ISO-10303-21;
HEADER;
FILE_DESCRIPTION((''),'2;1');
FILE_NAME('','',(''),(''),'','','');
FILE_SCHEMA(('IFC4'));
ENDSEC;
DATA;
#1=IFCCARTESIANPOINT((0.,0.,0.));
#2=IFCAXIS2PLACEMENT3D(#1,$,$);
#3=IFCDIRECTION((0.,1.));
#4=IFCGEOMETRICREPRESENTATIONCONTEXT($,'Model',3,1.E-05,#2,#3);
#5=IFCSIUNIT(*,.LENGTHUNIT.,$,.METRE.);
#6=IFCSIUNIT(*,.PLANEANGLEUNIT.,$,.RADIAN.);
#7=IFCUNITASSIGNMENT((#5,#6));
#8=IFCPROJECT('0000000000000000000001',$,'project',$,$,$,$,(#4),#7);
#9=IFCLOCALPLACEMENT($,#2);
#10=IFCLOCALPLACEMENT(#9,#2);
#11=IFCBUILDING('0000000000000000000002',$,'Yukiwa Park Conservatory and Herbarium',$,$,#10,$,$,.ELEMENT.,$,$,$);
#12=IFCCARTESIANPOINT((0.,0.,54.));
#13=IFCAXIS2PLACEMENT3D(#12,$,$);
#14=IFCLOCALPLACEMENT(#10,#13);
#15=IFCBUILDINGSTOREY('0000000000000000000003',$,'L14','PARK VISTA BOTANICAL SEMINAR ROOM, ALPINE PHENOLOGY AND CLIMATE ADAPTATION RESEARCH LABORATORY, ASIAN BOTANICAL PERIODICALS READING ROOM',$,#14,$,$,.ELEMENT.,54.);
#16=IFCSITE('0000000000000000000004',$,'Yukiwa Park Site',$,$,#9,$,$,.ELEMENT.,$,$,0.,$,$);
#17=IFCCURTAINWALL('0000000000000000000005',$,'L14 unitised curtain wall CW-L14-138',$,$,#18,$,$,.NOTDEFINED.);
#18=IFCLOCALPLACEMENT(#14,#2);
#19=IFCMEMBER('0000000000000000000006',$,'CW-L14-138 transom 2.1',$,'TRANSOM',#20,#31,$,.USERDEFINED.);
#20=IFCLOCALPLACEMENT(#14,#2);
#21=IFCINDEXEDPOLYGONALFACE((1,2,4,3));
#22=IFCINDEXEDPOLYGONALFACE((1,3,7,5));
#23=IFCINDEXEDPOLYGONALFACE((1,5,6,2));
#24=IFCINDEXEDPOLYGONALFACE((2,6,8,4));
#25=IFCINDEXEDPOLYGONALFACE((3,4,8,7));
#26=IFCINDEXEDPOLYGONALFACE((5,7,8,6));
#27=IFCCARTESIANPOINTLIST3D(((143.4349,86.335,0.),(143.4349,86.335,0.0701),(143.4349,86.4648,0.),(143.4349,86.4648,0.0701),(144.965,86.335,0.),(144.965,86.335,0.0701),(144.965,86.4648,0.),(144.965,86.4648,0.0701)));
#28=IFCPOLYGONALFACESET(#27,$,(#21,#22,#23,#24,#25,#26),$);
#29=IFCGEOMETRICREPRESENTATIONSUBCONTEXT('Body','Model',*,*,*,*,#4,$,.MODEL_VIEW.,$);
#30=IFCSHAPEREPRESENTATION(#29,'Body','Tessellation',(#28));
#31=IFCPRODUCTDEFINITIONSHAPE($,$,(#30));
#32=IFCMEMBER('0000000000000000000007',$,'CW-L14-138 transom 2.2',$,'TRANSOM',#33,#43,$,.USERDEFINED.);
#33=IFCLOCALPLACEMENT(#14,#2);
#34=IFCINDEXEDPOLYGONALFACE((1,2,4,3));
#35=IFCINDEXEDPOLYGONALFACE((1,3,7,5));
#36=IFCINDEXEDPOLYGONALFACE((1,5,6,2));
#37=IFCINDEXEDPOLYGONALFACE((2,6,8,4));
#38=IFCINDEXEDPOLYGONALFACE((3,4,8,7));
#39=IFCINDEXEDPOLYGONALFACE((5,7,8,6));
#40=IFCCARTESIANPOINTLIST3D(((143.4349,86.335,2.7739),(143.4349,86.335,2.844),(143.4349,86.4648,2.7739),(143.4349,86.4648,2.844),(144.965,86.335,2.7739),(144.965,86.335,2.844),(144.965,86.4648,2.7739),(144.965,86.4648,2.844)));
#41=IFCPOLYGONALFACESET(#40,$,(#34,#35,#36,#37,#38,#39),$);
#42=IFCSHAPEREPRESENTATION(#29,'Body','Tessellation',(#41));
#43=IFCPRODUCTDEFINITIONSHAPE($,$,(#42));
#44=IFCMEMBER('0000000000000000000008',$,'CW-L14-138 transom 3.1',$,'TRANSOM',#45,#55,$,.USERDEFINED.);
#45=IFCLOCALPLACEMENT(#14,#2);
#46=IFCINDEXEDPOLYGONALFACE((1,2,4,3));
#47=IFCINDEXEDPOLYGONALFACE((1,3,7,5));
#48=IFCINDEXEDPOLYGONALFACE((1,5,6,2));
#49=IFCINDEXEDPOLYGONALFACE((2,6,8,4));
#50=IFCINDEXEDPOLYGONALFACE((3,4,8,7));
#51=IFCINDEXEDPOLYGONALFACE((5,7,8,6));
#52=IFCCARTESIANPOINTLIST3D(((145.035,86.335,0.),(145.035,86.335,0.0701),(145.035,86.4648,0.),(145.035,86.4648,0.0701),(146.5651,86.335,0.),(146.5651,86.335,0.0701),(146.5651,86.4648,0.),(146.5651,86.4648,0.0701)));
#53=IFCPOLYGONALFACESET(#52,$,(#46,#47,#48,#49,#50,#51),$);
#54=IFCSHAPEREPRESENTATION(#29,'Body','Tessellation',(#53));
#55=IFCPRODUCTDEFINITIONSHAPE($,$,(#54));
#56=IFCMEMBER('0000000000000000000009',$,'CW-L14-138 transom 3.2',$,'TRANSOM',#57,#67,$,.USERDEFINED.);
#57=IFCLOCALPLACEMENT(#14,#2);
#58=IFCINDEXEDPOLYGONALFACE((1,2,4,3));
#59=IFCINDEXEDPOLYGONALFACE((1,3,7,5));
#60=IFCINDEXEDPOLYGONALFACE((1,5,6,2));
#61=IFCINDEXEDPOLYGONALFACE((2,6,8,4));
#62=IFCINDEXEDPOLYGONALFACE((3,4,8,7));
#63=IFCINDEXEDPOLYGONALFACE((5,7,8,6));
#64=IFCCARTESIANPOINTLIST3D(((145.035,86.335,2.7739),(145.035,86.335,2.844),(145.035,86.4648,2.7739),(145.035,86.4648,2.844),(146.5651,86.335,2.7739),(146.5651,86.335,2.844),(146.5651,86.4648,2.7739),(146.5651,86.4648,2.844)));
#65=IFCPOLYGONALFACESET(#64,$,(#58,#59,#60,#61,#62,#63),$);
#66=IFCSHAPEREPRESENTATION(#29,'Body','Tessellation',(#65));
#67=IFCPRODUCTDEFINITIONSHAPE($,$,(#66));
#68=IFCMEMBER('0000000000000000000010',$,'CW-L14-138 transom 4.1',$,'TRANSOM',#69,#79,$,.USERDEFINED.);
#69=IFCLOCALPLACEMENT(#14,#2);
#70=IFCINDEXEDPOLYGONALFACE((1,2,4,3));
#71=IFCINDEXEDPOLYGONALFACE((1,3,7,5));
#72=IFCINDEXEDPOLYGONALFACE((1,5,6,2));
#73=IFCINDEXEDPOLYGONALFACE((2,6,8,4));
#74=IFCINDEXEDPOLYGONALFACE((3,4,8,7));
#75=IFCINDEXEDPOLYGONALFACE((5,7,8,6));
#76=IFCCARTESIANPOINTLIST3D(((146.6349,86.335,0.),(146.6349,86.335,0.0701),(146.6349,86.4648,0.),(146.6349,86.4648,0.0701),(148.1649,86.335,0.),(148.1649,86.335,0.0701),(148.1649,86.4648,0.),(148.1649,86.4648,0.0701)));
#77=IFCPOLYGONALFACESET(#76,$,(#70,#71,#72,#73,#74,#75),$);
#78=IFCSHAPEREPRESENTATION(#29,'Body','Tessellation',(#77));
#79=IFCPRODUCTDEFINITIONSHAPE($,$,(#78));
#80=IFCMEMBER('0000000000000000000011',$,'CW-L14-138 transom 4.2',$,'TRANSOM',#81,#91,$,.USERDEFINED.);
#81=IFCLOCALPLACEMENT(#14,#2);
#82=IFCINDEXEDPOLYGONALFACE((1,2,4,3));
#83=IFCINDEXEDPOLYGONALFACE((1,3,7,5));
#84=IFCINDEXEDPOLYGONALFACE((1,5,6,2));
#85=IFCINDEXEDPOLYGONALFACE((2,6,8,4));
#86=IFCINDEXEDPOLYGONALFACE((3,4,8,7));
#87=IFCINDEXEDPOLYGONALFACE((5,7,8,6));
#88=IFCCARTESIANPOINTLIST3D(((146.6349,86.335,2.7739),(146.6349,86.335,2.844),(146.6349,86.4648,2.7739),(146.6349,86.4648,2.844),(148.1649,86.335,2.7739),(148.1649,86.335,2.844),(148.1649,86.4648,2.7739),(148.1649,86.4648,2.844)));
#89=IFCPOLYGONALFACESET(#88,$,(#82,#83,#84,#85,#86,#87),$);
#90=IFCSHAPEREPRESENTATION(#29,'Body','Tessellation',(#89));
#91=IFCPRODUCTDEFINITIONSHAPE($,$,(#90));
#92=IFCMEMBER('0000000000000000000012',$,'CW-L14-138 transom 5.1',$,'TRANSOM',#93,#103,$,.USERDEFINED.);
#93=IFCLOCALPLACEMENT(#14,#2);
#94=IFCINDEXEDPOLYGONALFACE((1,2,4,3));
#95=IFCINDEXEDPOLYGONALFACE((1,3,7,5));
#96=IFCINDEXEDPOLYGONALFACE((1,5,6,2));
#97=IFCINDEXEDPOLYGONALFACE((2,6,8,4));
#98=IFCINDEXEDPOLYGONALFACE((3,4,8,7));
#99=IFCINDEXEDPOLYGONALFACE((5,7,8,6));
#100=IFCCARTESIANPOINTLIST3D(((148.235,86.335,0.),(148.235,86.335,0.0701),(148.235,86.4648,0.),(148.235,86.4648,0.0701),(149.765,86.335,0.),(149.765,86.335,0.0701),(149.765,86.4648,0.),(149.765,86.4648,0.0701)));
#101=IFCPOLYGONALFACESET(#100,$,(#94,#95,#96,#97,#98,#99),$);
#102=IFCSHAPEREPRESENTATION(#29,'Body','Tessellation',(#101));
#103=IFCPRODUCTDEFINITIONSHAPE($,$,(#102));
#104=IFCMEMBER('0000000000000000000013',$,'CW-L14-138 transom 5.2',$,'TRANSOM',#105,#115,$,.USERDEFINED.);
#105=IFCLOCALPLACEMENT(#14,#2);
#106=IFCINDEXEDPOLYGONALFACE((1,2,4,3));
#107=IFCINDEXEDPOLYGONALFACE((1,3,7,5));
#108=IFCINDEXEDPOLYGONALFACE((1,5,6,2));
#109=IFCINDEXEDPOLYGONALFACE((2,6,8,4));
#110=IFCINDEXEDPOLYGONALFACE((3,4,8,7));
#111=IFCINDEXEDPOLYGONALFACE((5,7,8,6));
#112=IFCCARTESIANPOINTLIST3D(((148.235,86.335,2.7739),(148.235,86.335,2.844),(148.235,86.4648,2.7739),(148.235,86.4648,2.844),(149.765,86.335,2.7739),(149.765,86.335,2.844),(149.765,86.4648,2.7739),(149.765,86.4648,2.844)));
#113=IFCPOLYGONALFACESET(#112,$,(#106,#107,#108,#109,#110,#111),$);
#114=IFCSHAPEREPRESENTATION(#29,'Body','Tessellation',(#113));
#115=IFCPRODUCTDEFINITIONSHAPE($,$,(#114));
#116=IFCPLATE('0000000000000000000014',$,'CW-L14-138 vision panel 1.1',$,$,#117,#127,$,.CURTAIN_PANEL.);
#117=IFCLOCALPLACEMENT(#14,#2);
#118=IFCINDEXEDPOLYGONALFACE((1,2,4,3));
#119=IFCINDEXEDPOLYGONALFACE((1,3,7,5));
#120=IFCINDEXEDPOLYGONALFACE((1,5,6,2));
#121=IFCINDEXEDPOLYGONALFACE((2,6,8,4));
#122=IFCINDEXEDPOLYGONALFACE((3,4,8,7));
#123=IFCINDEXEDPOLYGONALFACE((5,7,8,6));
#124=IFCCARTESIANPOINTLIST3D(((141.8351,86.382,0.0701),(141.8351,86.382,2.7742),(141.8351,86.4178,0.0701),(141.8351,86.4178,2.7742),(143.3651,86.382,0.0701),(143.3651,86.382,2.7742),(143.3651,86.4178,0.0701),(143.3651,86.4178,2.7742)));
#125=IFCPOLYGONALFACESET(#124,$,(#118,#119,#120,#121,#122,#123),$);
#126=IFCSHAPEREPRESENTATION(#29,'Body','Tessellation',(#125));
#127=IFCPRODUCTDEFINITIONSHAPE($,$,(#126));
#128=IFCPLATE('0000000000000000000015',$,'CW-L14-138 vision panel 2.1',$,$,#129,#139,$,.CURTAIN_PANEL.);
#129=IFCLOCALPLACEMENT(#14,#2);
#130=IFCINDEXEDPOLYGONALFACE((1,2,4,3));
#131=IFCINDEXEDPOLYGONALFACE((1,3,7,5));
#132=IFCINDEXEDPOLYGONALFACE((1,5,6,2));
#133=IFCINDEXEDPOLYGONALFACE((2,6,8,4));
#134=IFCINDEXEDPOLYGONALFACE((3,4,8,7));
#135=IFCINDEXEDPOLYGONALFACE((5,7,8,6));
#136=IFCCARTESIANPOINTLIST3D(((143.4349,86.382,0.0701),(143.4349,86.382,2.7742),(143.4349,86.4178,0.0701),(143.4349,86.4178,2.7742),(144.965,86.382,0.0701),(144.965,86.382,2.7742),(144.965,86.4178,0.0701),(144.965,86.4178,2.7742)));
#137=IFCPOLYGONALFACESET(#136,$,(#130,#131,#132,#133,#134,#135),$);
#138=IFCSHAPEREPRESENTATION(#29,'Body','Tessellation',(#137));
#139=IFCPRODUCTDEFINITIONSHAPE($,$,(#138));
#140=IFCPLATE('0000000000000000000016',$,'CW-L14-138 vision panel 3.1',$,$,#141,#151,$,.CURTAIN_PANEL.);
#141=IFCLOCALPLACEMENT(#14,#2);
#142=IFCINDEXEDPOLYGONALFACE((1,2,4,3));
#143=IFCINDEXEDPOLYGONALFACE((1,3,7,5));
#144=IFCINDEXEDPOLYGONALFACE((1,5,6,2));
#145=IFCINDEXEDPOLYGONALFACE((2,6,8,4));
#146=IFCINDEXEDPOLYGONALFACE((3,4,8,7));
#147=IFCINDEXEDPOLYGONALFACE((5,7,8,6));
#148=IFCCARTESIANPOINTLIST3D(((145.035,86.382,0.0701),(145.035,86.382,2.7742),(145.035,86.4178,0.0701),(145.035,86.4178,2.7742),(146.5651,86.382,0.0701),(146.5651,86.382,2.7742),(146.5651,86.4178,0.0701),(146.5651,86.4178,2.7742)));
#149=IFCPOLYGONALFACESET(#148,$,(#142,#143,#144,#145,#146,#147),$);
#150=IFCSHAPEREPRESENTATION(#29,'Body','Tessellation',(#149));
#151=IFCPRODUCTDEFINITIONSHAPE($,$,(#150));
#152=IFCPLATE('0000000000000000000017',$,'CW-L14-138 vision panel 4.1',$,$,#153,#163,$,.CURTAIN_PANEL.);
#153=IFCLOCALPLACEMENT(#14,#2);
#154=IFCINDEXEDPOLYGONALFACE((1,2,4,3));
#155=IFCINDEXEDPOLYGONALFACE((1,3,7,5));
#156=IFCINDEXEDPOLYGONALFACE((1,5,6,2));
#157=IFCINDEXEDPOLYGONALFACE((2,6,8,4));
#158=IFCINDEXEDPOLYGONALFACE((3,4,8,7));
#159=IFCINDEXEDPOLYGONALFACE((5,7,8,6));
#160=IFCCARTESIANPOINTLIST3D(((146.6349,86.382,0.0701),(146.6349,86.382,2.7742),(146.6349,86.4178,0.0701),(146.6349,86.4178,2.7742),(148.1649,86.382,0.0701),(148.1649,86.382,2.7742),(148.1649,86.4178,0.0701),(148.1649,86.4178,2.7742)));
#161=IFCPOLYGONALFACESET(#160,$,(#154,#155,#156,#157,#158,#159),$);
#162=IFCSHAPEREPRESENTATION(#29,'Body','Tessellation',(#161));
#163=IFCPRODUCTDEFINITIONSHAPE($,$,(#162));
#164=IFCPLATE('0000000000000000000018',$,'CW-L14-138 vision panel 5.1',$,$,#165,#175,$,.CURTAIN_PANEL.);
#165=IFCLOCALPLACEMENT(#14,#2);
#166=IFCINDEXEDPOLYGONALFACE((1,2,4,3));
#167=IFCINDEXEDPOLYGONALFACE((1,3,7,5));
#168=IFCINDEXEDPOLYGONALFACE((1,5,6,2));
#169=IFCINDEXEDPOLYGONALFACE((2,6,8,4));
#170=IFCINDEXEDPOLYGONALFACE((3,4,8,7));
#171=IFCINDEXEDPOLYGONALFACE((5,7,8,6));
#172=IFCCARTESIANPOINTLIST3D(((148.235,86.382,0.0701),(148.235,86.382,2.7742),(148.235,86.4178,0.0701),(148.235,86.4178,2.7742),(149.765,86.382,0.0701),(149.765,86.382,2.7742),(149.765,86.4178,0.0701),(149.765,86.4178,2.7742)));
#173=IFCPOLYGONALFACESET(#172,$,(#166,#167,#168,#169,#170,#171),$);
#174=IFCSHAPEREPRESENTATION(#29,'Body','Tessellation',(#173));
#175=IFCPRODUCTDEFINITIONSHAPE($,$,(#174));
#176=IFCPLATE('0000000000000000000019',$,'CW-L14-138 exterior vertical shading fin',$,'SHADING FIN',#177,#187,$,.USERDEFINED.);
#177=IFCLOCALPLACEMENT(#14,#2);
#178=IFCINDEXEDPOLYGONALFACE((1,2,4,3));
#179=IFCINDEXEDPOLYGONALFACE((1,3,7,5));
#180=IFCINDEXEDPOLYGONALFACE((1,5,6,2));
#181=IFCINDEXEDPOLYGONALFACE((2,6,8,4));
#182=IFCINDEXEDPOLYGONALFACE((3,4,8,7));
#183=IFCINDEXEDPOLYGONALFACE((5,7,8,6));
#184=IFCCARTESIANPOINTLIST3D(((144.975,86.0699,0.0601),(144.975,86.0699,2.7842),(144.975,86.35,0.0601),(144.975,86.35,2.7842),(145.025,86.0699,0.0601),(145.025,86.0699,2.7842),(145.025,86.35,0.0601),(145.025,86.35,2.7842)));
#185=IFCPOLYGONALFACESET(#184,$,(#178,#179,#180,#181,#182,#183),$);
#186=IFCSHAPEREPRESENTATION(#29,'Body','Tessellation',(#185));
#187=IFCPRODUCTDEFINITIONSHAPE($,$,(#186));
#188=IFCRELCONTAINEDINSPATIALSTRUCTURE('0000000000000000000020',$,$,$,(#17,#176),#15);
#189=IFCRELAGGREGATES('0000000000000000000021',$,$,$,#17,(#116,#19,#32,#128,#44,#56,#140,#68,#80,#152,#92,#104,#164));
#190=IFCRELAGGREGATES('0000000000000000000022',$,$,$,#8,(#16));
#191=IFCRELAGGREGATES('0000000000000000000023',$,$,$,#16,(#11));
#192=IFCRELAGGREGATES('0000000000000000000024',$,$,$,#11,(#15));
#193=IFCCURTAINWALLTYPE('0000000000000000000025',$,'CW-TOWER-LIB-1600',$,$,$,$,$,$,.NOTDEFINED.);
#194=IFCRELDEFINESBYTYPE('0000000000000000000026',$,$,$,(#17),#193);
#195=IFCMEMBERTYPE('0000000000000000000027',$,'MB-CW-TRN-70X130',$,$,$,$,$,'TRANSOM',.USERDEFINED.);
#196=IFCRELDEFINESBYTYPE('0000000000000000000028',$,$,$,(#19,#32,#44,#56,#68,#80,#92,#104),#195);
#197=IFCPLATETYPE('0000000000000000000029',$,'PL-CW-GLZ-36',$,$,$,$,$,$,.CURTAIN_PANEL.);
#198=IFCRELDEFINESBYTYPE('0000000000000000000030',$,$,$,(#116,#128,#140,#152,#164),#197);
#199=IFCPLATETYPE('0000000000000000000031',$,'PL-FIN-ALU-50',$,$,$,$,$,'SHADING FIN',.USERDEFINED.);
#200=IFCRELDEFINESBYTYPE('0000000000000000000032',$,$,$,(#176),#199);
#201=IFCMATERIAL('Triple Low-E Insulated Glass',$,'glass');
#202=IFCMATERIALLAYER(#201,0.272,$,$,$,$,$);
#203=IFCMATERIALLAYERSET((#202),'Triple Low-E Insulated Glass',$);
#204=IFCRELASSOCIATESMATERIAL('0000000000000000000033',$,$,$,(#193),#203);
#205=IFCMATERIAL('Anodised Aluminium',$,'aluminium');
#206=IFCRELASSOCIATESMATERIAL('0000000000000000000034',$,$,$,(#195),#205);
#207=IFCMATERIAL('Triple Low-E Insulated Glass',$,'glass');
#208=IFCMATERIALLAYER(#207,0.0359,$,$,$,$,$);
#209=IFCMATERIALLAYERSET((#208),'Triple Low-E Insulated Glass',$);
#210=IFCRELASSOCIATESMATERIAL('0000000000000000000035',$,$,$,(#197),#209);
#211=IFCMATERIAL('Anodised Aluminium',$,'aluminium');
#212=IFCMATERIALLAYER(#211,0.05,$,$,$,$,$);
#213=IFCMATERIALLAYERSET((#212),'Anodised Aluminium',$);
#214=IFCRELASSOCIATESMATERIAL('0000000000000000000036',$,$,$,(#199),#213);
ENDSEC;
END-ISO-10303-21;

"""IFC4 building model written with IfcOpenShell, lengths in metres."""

from ifc_helpers import new_model, si_unit, direction, frame, origin, origin_2d, place, context, subcontext, project, spatial, rectangle, extrude, material, layer, layer_set, type_object, element, aggregate, save


model = new_model("IFC4")

# Units and contexts
model_context = context("Model", 3, precision=1e-05, world=origin(), true_north=direction((0.0, 1.0)))
body_context = subcontext(model_context, "Body", "Model", "MODEL_VIEW")
ifc_project = project(units=[si_unit("LENGTHUNIT", "METRE"), si_unit("PLANEANGLEUNIT", "RADIAN")], contexts=[model_context])

# Site, building, storey
site_placement = place(None, origin())
site = spatial("IfcSite", under=ifc_project, at=site_placement, Name="Yukiwa Park Site", CompositionType="ELEMENT", RefElevation=0.0)
building_placement = place(site_placement, origin())
building = spatial("IfcBuilding", under=site, at=building_placement, Name="Yukiwa Park Conservatory and Herbarium", CompositionType="ELEMENT")
storey_placement = place(building_placement, frame((0.0, 0.0, 54.0)))
storey = spatial("IfcBuildingStorey", under=building, at=storey_placement, Name="L14", Description="PARK VISTA BOTANICAL SEMINAR ROOM, ALPINE PHENOLOGY AND CLIMATE ADAPTATION RESEARCH LABORATORY, ASIAN BOTANICAL PERIODICALS READING ROOM", CompositionType="ELEMENT", Elevation=54.0)

# Curtain wall, members, plates
ifc_material_1 = material(Name="Triple Low-E Insulated Glass", Category="glass")
ifc_layer_1 = layer(ifc_material_1, 0.272)
ifc_layer_set_1 = layer_set([ifc_layer_1], Name="Triple Low-E Insulated Glass")
curtain_wall_type = type_object("IfcCurtainWallType", Name="CW-TOWER-LIB-1600", PredefinedType="NOTDEFINED", material=ifc_layer_set_1)
curtain_wall_placement = place(storey_placement, origin())
curtain_wall = element("IfcCurtainWall", 1, at=curtain_wall_placement, inside=storey, type_object=curtain_wall_type, Name="L14 unitised curtain wall CW-L14-138", PredefinedType="NOTDEFINED")
ifc_material_2 = material(Name="Anodised Aluminium", Category="aluminium")
member_type_1 = type_object("IfcMemberType", Name="MB-CW-TRN-70X130", ElementType="TRANSOM", PredefinedType="USERDEFINED", material=ifc_material_2)
member_1_placement = place(storey_placement, frame((144.2, 86.3999, 0.0), z_axis=(0.0, 0.0, 1.0), x_axis=(1.0, 0.0, 0.0)))
member_1 = element("IfcMember", 2, at=member_1_placement, type_object=member_type_1, Name="CW-L14-138 transom 2.1", ObjectType="TRANSOM", PredefinedType="USERDEFINED", context=body_context, shape_type="SweptSolid", body=[
    extrude(rectangle(XDim=1.53, YDim=0.1299, at=origin_2d()), origin(), (0.0, 0.0, 1.0), 0.0701),
])
member_2_placement = place(storey_placement, frame((144.2, 86.3999, 2.7739), z_axis=(0.0, 0.0, 1.0), x_axis=(1.0, 0.0, 0.0)))
member_2 = element("IfcMember", 3, at=member_2_placement, type_object=member_type_1, Name="CW-L14-138 transom 2.2", ObjectType="TRANSOM", PredefinedType="USERDEFINED", context=body_context, shape_type="SweptSolid", body=[
    extrude(rectangle(XDim=1.53, YDim=0.1299, at=origin_2d()), origin(), (0.0, 0.0, 1.0), 0.0701),
])
member_3_placement = place(storey_placement, frame((145.8, 86.3999, 0.0), z_axis=(0.0, 0.0, 1.0), x_axis=(1.0, 0.0, 0.0)))
member_3 = element("IfcMember", 4, at=member_3_placement, type_object=member_type_1, Name="CW-L14-138 transom 3.1", ObjectType="TRANSOM", PredefinedType="USERDEFINED", context=body_context, shape_type="SweptSolid", body=[
    extrude(rectangle(XDim=1.53, YDim=0.1299, at=origin_2d()), origin(), (0.0, 0.0, 1.0), 0.0701),
])
member_4_placement = place(storey_placement, frame((145.8, 86.3999, 2.7739), z_axis=(0.0, 0.0, 1.0), x_axis=(1.0, 0.0, 0.0)))
member_4 = element("IfcMember", 5, at=member_4_placement, type_object=member_type_1, Name="CW-L14-138 transom 3.2", ObjectType="TRANSOM", PredefinedType="USERDEFINED", context=body_context, shape_type="SweptSolid", body=[
    extrude(rectangle(XDim=1.53, YDim=0.1299, at=origin_2d()), origin(), (0.0, 0.0, 1.0), 0.0701),
])
member_5_placement = place(storey_placement, frame((147.3999, 86.3999, 0.0), z_axis=(0.0, 0.0, 1.0), x_axis=(1.0, 0.0, 0.0)))
member_5 = element("IfcMember", 6, at=member_5_placement, type_object=member_type_1, Name="CW-L14-138 transom 4.1", ObjectType="TRANSOM", PredefinedType="USERDEFINED", context=body_context, shape_type="SweptSolid", body=[
    extrude(rectangle(XDim=1.53, YDim=0.1299, at=origin_2d()), origin(), (0.0, 0.0, 1.0), 0.0701),
])
member_6_placement = place(storey_placement, frame((147.3999, 86.3999, 2.7739), z_axis=(0.0, 0.0, 1.0), x_axis=(1.0, 0.0, 0.0)))
member_6 = element("IfcMember", 7, at=member_6_placement, type_object=member_type_1, Name="CW-L14-138 transom 4.2", ObjectType="TRANSOM", PredefinedType="USERDEFINED", context=body_context, shape_type="SweptSolid", body=[
    extrude(rectangle(XDim=1.53, YDim=0.1299, at=origin_2d()), origin(), (0.0, 0.0, 1.0), 0.0701),
])
member_7_placement = place(storey_placement, frame((149.0, 86.3999, 0.0), z_axis=(0.0, 0.0, 1.0), x_axis=(1.0, 0.0, 0.0)))
member_7 = element("IfcMember", 8, at=member_7_placement, type_object=member_type_1, Name="CW-L14-138 transom 5.1", ObjectType="TRANSOM", PredefinedType="USERDEFINED", context=body_context, shape_type="SweptSolid", body=[
    extrude(rectangle(XDim=1.53, YDim=0.1299, at=origin_2d()), origin(), (0.0, 0.0, 1.0), 0.0701),
])
member_8_placement = place(storey_placement, frame((149.0, 86.3999, 2.7739), z_axis=(0.0, 0.0, 1.0), x_axis=(1.0, 0.0, 0.0)))
member_8 = element("IfcMember", 9, at=member_8_placement, type_object=member_type_1, Name="CW-L14-138 transom 5.2", ObjectType="TRANSOM", PredefinedType="USERDEFINED", context=body_context, shape_type="SweptSolid", body=[
    extrude(rectangle(XDim=1.53, YDim=0.1299, at=origin_2d()), origin(), (0.0, 0.0, 1.0), 0.0701),
])
ifc_material_3 = material(Name="Triple Low-E Insulated Glass", Category="glass")
ifc_layer_2 = layer(ifc_material_3, 0.0359)
ifc_layer_set_2 = layer_set([ifc_layer_2], Name="Triple Low-E Insulated Glass")
plate_type_1 = type_object("IfcPlateType", Name="PL-CW-GLZ-36", PredefinedType="CURTAIN_PANEL", material=ifc_layer_set_2)
plate_1_placement = place(storey_placement, frame((142.6001, 86.3999, 0.0701), z_axis=(0.0, 0.0, 1.0), x_axis=(1.0, 0.0, 0.0)))
plate_1 = element("IfcPlate", 10, at=plate_1_placement, type_object=plate_type_1, Name="CW-L14-138 vision panel 1.1", PredefinedType="CURTAIN_PANEL", context=body_context, shape_type="SweptSolid", body=[
    extrude(rectangle(XDim=1.53, YDim=0.0359, at=origin_2d()), origin(), (0.0, 0.0, 1.0), 2.7041),
])
plate_2_placement = place(storey_placement, frame((144.2, 86.3999, 0.0701), z_axis=(0.0, 0.0, 1.0), x_axis=(1.0, 0.0, 0.0)))
plate_2 = element("IfcPlate", 11, at=plate_2_placement, type_object=plate_type_1, Name="CW-L14-138 vision panel 2.1", PredefinedType="CURTAIN_PANEL", context=body_context, shape_type="SweptSolid", body=[
    extrude(rectangle(XDim=1.53, YDim=0.0359, at=origin_2d()), origin(), (0.0, 0.0, 1.0), 2.7041),
])
plate_3_placement = place(storey_placement, frame((145.8, 86.3999, 0.0701), z_axis=(0.0, 0.0, 1.0), x_axis=(1.0, 0.0, 0.0)))
plate_3 = element("IfcPlate", 12, at=plate_3_placement, type_object=plate_type_1, Name="CW-L14-138 vision panel 3.1", PredefinedType="CURTAIN_PANEL", context=body_context, shape_type="SweptSolid", body=[
    extrude(rectangle(XDim=1.53, YDim=0.0359, at=origin_2d()), origin(), (0.0, 0.0, 1.0), 2.7041),
])
plate_4_placement = place(storey_placement, frame((147.3999, 86.3999, 0.0701), z_axis=(0.0, 0.0, 1.0), x_axis=(1.0, 0.0, 0.0)))
plate_4 = element("IfcPlate", 13, at=plate_4_placement, type_object=plate_type_1, Name="CW-L14-138 vision panel 4.1", PredefinedType="CURTAIN_PANEL", context=body_context, shape_type="SweptSolid", body=[
    extrude(rectangle(XDim=1.53, YDim=0.0359, at=origin_2d()), origin(), (0.0, 0.0, 1.0), 2.7041),
])
plate_5_placement = place(storey_placement, frame((149.0, 86.3999, 0.0701), z_axis=(0.0, 0.0, 1.0), x_axis=(1.0, 0.0, 0.0)))
plate_5 = element("IfcPlate", 14, at=plate_5_placement, type_object=plate_type_1, Name="CW-L14-138 vision panel 5.1", PredefinedType="CURTAIN_PANEL", context=body_context, shape_type="SweptSolid", body=[
    extrude(rectangle(XDim=1.53, YDim=0.0359, at=origin_2d()), origin(), (0.0, 0.0, 1.0), 2.7041),
])
aggregate(curtain_wall, [plate_1, member_1, member_2, plate_2, member_3, member_4, plate_3, member_5, member_6, plate_4, member_7, member_8, plate_5])

# Plate
ifc_material_4 = material(Name="Anodised Aluminium", Category="aluminium")
ifc_layer_3 = layer(ifc_material_4, 0.05)
ifc_layer_set_3 = layer_set([ifc_layer_3], Name="Anodised Aluminium")
plate_type_2 = type_object("IfcPlateType", Name="PL-FIN-ALU-50", ElementType="SHADING FIN", PredefinedType="USERDEFINED", material=ifc_layer_set_3)
plate_6_placement = place(storey_placement, frame((145.0, 86.21, 0.0601), z_axis=(0.0, 0.0, 1.0), x_axis=(1.0, 0.0, 0.0)))
element("IfcPlate", 15, at=plate_6_placement, inside=storey, type_object=plate_type_2, Name="CW-L14-138 exterior vertical shading fin", ObjectType="SHADING FIN", PredefinedType="USERDEFINED", context=body_context, shape_type="SweptSolid", body=[
    extrude(rectangle(XDim=0.05, YDim=0.28, at=origin_2d()), origin(), (0.0, 0.0, 1.0), 2.7241),
])

save(model, "model.ifc")
